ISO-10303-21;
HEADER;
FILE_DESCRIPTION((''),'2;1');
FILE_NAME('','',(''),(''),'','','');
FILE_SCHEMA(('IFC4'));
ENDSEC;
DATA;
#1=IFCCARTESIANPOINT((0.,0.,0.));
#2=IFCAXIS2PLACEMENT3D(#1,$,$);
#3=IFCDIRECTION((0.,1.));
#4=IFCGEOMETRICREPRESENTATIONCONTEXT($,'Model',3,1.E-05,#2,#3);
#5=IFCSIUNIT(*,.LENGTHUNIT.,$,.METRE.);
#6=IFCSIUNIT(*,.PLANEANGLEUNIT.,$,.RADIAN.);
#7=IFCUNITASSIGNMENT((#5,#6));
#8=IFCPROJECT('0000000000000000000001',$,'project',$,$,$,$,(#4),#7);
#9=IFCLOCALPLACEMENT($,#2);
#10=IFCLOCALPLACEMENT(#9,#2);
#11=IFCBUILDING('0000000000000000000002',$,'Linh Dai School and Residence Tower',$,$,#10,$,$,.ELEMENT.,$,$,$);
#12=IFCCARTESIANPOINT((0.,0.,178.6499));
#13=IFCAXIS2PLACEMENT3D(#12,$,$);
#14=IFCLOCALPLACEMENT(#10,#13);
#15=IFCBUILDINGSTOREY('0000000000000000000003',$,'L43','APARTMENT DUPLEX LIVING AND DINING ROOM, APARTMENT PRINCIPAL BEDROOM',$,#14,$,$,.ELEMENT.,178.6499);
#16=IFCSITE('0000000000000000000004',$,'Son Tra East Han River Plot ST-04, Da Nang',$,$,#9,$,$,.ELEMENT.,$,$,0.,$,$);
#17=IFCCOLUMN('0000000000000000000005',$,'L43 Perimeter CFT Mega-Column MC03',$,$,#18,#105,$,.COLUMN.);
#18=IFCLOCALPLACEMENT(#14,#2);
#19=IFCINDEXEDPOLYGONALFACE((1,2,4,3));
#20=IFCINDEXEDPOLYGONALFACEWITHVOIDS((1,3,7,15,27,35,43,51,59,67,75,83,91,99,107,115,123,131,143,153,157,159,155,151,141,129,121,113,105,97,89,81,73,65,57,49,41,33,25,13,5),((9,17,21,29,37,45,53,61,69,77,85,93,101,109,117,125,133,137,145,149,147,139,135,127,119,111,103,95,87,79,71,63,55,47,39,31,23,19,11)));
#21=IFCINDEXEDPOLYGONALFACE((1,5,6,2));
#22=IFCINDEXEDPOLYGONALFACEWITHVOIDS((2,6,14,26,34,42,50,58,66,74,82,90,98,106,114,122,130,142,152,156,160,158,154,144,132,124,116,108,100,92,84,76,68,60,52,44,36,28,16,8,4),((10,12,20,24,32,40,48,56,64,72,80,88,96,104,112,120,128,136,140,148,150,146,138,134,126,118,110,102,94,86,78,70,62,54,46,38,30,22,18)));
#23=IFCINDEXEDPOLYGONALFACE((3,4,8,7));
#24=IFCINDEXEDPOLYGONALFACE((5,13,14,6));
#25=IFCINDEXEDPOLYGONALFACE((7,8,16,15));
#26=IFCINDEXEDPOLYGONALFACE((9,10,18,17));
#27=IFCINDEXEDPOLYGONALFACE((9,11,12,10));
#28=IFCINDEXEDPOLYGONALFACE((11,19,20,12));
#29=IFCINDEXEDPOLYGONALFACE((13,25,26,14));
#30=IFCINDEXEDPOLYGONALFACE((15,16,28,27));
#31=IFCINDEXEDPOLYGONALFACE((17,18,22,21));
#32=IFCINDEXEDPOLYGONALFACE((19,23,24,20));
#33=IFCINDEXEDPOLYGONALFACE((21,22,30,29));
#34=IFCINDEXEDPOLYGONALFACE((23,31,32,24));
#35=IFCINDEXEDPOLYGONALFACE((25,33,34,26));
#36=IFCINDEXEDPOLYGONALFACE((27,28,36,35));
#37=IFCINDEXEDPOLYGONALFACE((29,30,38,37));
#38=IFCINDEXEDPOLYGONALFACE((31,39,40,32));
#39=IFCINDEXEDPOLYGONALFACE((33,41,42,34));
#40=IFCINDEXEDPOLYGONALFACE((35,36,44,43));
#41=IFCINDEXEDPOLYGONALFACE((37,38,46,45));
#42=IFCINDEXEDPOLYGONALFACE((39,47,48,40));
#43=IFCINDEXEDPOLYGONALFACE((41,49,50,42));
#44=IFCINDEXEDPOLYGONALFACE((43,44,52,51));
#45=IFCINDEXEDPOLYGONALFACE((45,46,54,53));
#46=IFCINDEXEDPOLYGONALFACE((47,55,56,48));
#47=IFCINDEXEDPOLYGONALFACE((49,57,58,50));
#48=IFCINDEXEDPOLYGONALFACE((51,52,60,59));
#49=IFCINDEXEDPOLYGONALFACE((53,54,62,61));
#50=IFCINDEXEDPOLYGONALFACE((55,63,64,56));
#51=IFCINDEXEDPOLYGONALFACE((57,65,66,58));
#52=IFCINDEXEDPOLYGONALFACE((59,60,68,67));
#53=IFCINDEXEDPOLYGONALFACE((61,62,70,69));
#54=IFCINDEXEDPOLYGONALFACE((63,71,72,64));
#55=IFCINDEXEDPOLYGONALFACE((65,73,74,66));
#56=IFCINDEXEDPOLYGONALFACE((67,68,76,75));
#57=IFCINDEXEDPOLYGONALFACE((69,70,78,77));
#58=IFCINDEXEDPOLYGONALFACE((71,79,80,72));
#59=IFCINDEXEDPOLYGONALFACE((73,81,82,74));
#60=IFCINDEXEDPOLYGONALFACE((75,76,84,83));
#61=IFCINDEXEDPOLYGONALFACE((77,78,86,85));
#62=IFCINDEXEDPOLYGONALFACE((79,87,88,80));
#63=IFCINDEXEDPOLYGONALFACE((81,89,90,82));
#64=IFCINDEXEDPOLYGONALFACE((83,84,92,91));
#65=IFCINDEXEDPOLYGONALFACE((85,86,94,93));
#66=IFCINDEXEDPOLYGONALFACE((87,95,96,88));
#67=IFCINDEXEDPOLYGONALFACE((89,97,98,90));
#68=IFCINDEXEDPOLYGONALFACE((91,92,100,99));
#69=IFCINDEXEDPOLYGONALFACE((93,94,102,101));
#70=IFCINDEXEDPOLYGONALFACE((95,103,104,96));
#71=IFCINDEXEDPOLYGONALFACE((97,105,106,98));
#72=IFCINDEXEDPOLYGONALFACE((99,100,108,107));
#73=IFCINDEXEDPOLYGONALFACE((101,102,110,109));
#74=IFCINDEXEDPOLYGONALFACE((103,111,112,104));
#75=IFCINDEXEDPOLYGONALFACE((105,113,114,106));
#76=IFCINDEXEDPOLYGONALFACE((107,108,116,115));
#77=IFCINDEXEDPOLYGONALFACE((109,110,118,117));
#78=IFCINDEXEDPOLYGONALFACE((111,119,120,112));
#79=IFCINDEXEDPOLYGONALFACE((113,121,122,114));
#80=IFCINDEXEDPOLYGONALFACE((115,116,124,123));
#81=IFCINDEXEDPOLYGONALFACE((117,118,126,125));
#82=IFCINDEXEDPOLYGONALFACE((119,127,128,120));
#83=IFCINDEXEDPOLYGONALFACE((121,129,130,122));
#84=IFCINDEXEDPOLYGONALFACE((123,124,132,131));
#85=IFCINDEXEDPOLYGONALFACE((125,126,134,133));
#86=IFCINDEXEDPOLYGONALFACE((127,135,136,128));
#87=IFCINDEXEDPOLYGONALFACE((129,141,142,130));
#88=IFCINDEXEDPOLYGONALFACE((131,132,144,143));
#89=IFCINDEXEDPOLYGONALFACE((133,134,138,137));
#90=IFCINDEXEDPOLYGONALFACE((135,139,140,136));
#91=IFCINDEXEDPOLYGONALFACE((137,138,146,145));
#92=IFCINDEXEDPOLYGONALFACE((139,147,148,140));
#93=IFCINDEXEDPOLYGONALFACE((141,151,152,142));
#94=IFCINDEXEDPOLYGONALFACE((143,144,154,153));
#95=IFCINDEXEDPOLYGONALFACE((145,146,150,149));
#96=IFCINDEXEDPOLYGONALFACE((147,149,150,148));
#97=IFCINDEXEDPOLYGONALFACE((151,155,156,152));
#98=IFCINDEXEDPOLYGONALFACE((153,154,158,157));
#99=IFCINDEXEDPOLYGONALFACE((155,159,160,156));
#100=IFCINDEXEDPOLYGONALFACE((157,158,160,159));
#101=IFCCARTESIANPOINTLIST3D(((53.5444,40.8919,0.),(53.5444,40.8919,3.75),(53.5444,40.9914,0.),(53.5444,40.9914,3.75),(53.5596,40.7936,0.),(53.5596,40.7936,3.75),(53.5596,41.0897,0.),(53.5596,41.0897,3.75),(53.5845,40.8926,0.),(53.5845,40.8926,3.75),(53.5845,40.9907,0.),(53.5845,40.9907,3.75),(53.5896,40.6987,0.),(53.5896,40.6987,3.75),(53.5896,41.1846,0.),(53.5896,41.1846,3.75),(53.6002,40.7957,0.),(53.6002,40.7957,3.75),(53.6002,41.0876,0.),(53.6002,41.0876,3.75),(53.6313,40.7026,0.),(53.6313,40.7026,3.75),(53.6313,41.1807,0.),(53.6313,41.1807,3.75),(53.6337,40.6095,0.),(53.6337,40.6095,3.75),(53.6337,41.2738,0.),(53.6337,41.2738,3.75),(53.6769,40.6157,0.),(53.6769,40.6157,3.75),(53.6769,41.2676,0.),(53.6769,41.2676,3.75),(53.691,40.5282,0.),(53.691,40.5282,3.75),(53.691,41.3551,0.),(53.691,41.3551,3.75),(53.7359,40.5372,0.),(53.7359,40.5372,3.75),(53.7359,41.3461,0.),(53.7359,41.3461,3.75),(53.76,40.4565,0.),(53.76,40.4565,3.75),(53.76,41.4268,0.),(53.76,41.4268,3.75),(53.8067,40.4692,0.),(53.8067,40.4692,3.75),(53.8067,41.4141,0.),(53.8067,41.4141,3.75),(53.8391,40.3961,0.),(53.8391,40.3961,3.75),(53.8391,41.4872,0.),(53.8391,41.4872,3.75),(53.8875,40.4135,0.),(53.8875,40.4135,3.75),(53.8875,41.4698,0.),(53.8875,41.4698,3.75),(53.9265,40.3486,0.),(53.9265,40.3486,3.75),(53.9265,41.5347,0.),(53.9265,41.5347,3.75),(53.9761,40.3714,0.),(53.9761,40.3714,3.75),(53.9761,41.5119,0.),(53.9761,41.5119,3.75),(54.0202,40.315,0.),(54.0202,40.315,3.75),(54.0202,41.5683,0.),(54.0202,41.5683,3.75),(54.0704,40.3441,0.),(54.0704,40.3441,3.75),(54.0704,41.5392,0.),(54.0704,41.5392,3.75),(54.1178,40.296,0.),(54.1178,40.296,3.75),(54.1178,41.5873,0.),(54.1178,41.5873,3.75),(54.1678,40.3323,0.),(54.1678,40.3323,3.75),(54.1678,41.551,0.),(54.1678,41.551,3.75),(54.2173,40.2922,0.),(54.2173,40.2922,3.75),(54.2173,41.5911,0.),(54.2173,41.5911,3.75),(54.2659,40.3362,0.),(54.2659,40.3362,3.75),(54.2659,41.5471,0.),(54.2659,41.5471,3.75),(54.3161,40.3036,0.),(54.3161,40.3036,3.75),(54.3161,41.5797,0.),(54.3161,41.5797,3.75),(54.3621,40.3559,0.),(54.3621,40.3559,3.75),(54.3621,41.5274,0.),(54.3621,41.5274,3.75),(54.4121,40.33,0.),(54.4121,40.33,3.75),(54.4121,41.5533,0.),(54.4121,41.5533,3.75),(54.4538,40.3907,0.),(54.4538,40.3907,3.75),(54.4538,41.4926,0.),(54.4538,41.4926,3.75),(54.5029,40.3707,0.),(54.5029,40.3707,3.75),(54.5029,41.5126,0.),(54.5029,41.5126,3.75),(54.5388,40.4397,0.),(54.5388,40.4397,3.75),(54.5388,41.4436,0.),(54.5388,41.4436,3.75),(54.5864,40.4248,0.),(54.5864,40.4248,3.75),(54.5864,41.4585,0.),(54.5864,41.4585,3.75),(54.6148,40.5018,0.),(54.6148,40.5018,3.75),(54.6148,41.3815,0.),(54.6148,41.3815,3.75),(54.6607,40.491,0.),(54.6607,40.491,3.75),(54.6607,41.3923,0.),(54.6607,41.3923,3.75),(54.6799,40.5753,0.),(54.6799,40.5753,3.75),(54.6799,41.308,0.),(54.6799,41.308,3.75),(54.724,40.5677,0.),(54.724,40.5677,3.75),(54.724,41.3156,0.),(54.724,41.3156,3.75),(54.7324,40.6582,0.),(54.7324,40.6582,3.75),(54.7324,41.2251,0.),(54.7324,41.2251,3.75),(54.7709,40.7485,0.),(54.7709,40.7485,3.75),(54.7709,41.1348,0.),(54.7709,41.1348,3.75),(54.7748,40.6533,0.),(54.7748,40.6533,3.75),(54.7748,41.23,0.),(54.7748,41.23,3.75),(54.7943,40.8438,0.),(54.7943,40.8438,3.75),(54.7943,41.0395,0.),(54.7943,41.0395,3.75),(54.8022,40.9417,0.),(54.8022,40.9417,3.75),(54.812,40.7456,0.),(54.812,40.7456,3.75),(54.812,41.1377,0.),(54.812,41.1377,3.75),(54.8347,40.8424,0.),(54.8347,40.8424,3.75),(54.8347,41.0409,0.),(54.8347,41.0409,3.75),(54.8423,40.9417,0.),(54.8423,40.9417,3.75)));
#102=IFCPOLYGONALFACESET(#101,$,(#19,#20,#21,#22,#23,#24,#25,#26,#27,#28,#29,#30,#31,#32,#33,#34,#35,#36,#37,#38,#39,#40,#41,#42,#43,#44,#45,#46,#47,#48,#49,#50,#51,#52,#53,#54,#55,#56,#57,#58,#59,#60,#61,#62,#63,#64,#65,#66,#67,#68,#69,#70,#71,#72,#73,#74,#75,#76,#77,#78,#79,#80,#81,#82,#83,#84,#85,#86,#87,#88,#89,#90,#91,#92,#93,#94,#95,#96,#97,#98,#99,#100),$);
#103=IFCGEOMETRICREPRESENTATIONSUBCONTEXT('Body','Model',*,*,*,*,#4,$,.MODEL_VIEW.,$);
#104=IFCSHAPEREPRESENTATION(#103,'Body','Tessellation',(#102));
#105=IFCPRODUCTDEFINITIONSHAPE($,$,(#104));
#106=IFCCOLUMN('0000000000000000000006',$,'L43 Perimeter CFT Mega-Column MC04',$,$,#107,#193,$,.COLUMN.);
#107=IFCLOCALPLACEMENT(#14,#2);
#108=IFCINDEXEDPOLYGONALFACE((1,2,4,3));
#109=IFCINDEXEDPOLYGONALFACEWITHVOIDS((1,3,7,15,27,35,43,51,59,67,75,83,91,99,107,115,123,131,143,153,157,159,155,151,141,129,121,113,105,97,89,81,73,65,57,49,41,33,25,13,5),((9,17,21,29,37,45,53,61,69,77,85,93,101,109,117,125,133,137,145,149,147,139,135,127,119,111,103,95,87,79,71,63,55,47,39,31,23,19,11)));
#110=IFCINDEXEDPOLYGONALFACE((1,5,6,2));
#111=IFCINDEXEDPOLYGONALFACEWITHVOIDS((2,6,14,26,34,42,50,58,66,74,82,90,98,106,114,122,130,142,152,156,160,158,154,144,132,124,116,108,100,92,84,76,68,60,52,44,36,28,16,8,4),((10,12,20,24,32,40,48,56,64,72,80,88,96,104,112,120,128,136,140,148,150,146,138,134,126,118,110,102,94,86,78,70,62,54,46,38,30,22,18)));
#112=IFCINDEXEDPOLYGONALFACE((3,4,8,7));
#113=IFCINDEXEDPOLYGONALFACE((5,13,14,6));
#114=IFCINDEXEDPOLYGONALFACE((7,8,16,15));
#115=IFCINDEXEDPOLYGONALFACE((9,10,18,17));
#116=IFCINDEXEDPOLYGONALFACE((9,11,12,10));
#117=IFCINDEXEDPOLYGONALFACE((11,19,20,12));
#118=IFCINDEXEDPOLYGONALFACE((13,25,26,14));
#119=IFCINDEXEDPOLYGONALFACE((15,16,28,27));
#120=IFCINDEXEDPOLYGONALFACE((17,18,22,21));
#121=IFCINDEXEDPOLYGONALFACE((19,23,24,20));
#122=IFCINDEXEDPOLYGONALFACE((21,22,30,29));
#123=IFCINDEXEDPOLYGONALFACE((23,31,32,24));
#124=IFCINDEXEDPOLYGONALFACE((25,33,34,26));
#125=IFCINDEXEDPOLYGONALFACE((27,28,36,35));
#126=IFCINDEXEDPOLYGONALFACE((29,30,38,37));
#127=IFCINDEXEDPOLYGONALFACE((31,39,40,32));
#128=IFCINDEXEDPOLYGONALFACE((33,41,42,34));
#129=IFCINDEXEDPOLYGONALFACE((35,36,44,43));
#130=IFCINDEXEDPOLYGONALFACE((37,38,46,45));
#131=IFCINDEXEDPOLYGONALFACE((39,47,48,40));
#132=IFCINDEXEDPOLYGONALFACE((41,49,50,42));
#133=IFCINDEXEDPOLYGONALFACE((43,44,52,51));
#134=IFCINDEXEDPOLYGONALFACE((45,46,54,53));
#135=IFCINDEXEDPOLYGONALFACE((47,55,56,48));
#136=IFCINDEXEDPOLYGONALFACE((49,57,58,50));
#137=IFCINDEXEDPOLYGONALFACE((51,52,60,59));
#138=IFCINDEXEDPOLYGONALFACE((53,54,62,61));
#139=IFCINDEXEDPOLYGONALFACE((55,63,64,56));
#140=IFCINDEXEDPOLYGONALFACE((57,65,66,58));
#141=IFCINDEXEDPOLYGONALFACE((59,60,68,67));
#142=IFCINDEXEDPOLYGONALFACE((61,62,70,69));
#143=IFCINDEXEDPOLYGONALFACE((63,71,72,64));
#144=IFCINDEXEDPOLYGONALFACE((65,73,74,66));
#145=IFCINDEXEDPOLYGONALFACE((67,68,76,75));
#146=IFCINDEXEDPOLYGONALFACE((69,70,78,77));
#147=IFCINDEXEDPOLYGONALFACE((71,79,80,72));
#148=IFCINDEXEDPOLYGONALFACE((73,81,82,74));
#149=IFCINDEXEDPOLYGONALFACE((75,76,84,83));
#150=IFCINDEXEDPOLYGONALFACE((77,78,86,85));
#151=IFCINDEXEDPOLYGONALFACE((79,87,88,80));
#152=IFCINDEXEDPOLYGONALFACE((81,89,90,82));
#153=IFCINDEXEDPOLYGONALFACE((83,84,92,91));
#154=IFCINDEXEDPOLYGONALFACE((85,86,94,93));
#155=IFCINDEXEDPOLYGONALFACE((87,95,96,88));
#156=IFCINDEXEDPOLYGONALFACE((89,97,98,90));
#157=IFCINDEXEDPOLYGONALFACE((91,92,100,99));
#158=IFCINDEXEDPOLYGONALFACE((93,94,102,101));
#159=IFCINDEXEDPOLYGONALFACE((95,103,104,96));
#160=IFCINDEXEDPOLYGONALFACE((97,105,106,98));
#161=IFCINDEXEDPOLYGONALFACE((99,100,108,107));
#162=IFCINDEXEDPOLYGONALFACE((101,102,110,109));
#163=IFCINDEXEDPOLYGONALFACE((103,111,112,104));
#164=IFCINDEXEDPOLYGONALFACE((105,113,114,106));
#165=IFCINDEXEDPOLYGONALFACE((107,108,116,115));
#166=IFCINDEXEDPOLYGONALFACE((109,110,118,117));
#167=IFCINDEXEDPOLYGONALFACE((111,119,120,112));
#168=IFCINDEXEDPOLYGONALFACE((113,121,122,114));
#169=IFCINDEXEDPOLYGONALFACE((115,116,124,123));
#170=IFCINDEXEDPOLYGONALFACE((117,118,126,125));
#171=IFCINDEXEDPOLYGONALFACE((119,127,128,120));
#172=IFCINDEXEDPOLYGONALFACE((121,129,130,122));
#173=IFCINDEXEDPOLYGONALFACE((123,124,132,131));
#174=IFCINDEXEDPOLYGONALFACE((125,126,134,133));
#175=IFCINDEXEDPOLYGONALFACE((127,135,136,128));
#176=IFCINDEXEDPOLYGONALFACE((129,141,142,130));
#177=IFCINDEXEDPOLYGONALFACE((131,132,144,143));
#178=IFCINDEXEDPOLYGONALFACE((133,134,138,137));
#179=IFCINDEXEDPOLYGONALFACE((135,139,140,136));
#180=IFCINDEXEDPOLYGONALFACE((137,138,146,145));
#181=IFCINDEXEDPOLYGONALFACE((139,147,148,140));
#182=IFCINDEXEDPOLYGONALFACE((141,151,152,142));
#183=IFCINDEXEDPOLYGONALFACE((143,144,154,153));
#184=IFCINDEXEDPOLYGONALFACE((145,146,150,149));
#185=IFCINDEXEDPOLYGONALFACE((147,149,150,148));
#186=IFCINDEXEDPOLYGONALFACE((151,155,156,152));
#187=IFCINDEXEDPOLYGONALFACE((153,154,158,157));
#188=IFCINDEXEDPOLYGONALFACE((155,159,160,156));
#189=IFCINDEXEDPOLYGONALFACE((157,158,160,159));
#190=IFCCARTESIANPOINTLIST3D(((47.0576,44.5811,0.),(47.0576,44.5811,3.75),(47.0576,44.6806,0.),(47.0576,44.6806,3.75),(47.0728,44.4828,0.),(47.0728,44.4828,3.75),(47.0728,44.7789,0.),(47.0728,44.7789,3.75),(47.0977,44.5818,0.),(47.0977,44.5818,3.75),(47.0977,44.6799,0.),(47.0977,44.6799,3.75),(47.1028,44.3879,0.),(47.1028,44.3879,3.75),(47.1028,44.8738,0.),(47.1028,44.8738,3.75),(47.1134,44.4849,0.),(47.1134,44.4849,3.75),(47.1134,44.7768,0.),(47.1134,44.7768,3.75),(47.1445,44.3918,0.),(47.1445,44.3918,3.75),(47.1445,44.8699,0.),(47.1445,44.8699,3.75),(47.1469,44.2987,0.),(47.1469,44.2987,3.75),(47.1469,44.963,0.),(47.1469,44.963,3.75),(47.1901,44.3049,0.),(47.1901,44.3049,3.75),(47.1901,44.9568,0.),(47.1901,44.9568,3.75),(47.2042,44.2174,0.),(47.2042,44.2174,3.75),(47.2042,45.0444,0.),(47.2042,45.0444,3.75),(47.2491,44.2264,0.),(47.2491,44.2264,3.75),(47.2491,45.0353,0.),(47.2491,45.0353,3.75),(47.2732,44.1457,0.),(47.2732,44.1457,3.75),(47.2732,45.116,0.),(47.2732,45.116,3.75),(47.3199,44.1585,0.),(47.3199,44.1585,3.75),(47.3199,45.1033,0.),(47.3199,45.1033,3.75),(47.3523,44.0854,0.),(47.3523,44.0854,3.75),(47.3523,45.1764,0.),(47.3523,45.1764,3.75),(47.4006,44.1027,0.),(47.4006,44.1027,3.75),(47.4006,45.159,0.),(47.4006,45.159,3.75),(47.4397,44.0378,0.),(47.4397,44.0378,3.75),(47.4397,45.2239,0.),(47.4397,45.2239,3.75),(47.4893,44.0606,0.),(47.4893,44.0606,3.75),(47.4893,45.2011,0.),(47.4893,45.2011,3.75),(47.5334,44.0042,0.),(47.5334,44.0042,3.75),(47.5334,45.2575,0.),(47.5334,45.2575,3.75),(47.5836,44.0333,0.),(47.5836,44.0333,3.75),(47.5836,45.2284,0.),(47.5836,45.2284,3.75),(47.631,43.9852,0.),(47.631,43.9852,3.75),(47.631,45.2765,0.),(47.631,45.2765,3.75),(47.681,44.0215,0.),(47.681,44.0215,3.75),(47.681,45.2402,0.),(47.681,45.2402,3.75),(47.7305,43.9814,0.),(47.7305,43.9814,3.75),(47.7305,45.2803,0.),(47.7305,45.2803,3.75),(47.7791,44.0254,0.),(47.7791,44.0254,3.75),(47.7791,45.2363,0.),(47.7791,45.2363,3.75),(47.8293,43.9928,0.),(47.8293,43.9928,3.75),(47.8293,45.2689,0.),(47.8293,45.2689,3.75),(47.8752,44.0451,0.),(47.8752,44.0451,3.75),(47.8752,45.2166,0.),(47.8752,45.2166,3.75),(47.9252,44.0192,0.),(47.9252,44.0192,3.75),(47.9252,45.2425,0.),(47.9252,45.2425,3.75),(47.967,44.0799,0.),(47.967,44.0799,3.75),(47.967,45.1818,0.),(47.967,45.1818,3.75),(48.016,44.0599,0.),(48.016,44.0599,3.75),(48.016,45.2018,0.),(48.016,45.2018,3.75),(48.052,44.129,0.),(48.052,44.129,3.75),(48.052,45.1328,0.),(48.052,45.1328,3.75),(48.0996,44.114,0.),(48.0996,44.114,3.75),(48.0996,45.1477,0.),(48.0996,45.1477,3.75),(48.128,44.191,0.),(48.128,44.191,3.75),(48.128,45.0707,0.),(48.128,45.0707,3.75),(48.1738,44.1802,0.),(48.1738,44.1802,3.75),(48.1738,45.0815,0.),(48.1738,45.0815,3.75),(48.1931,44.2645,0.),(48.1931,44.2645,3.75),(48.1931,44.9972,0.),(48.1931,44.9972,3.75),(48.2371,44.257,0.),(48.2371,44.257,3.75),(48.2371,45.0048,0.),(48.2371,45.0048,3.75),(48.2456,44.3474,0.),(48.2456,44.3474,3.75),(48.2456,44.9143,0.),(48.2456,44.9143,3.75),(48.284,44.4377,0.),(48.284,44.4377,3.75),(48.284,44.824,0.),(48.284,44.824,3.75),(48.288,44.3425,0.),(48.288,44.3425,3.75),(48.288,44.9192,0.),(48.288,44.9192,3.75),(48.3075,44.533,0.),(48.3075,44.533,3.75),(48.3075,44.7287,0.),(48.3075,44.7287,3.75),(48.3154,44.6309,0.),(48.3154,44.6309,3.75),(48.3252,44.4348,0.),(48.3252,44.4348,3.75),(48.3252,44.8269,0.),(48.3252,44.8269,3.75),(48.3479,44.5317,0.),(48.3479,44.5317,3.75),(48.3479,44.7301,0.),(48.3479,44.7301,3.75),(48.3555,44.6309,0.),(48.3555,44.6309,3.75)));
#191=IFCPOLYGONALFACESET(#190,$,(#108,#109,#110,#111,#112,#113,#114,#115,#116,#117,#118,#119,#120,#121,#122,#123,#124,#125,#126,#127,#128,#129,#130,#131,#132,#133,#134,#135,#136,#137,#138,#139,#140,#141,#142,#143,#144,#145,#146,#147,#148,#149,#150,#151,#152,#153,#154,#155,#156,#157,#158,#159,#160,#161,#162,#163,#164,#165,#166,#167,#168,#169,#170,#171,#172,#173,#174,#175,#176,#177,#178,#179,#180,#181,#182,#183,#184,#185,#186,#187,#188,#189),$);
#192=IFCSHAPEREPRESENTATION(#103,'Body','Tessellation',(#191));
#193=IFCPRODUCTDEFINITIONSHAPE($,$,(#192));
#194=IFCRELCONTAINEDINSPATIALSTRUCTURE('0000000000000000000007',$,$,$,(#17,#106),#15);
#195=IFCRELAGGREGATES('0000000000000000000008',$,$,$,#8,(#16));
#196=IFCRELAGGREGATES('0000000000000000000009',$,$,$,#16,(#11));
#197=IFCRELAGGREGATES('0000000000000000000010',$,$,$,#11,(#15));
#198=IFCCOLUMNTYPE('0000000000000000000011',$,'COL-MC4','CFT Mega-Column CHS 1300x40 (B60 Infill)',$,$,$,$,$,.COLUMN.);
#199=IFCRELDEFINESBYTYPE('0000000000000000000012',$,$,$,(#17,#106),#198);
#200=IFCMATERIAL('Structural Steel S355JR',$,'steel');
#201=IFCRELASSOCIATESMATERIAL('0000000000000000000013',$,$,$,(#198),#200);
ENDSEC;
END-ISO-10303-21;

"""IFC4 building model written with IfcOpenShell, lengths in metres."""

from ifc_helpers import new_model, si_unit, direction, frame, origin, origin_2d, place, context, subcontext, project, spatial, hollow_circle, extrude, material, material_profile, profile_set, type_object, element, save


model = new_model("IFC4")

# Units and contexts
model_context = context("Model", 3, precision=1e-05, world=origin(), true_north=direction((0.0, 1.0)))
body_context = subcontext(model_context, "Body", "Model", "MODEL_VIEW")
ifc_project = project(units=[si_unit("LENGTHUNIT", "METRE"), si_unit("PLANEANGLEUNIT", "RADIAN")], contexts=[model_context])

# Site, building, storey
site_placement = place(None, origin())
site = spatial("IfcSite", under=ifc_project, at=site_placement, Name="Son Tra East Han River Plot ST-04, Da Nang", CompositionType="ELEMENT", RefElevation=0.0)
building_placement = place(site_placement, origin())
building = spatial("IfcBuilding", under=site, at=building_placement, Name="Linh Dai School and Residence Tower", CompositionType="ELEMENT")
storey_placement = place(building_placement, frame((0.0, 0.0, 178.6499)))
storey = spatial("IfcBuildingStorey", under=building, at=storey_placement, Name="L43", Description="APARTMENT DUPLEX LIVING AND DINING ROOM, APARTMENT PRINCIPAL BEDROOM", CompositionType="ELEMENT", Elevation=178.6499)

# Columns
ifc_material_1 = material(Name="Structural Steel S355JR", Category="steel")
ifc_material_profile_1 = material_profile(ifc_material_1, hollow_circle(Radius=0.6499, WallThickness=0.04, at=origin_2d()), Name="CHS 1300x40")
ifc_profile_set_1 = profile_set([ifc_material_profile_1], Name="Structural Steel S355JR")
column_type = type_object("IfcColumnType", Name="COL-MC4", Description="CFT Mega-Column CHS 1300x40 (B60 Infill)", PredefinedType="COLUMN", material=ifc_profile_set_1)
for number, where, z_axis, x_axis, name in (
    (1, (54.1924, 40.9417, 0.0), (0.0, 0.0, 1.0), (1.0, 0.0, 0.0), "L43 Perimeter CFT Mega-Column MC03"),
    (2, (47.7056, 44.6309, 0.0), (0.0, 0.0, 1.0), (1.0, 0.0, 0.0), "L43 Perimeter CFT Mega-Column MC04"),
):
    element("IfcColumn", number, at=place(storey_placement, frame(where, z_axis=z_axis, x_axis=x_axis)), inside=storey, type_object=column_type, Name=name, PredefinedType="COLUMN", context=body_context, shape_type="SweptSolid", body=[
        extrude(hollow_circle(Radius=0.6499, WallThickness=0.04, at=origin_2d()), origin(), (0.0, 0.0, 1.0), 3.75),
    ])

save(model, "model.ifc")
